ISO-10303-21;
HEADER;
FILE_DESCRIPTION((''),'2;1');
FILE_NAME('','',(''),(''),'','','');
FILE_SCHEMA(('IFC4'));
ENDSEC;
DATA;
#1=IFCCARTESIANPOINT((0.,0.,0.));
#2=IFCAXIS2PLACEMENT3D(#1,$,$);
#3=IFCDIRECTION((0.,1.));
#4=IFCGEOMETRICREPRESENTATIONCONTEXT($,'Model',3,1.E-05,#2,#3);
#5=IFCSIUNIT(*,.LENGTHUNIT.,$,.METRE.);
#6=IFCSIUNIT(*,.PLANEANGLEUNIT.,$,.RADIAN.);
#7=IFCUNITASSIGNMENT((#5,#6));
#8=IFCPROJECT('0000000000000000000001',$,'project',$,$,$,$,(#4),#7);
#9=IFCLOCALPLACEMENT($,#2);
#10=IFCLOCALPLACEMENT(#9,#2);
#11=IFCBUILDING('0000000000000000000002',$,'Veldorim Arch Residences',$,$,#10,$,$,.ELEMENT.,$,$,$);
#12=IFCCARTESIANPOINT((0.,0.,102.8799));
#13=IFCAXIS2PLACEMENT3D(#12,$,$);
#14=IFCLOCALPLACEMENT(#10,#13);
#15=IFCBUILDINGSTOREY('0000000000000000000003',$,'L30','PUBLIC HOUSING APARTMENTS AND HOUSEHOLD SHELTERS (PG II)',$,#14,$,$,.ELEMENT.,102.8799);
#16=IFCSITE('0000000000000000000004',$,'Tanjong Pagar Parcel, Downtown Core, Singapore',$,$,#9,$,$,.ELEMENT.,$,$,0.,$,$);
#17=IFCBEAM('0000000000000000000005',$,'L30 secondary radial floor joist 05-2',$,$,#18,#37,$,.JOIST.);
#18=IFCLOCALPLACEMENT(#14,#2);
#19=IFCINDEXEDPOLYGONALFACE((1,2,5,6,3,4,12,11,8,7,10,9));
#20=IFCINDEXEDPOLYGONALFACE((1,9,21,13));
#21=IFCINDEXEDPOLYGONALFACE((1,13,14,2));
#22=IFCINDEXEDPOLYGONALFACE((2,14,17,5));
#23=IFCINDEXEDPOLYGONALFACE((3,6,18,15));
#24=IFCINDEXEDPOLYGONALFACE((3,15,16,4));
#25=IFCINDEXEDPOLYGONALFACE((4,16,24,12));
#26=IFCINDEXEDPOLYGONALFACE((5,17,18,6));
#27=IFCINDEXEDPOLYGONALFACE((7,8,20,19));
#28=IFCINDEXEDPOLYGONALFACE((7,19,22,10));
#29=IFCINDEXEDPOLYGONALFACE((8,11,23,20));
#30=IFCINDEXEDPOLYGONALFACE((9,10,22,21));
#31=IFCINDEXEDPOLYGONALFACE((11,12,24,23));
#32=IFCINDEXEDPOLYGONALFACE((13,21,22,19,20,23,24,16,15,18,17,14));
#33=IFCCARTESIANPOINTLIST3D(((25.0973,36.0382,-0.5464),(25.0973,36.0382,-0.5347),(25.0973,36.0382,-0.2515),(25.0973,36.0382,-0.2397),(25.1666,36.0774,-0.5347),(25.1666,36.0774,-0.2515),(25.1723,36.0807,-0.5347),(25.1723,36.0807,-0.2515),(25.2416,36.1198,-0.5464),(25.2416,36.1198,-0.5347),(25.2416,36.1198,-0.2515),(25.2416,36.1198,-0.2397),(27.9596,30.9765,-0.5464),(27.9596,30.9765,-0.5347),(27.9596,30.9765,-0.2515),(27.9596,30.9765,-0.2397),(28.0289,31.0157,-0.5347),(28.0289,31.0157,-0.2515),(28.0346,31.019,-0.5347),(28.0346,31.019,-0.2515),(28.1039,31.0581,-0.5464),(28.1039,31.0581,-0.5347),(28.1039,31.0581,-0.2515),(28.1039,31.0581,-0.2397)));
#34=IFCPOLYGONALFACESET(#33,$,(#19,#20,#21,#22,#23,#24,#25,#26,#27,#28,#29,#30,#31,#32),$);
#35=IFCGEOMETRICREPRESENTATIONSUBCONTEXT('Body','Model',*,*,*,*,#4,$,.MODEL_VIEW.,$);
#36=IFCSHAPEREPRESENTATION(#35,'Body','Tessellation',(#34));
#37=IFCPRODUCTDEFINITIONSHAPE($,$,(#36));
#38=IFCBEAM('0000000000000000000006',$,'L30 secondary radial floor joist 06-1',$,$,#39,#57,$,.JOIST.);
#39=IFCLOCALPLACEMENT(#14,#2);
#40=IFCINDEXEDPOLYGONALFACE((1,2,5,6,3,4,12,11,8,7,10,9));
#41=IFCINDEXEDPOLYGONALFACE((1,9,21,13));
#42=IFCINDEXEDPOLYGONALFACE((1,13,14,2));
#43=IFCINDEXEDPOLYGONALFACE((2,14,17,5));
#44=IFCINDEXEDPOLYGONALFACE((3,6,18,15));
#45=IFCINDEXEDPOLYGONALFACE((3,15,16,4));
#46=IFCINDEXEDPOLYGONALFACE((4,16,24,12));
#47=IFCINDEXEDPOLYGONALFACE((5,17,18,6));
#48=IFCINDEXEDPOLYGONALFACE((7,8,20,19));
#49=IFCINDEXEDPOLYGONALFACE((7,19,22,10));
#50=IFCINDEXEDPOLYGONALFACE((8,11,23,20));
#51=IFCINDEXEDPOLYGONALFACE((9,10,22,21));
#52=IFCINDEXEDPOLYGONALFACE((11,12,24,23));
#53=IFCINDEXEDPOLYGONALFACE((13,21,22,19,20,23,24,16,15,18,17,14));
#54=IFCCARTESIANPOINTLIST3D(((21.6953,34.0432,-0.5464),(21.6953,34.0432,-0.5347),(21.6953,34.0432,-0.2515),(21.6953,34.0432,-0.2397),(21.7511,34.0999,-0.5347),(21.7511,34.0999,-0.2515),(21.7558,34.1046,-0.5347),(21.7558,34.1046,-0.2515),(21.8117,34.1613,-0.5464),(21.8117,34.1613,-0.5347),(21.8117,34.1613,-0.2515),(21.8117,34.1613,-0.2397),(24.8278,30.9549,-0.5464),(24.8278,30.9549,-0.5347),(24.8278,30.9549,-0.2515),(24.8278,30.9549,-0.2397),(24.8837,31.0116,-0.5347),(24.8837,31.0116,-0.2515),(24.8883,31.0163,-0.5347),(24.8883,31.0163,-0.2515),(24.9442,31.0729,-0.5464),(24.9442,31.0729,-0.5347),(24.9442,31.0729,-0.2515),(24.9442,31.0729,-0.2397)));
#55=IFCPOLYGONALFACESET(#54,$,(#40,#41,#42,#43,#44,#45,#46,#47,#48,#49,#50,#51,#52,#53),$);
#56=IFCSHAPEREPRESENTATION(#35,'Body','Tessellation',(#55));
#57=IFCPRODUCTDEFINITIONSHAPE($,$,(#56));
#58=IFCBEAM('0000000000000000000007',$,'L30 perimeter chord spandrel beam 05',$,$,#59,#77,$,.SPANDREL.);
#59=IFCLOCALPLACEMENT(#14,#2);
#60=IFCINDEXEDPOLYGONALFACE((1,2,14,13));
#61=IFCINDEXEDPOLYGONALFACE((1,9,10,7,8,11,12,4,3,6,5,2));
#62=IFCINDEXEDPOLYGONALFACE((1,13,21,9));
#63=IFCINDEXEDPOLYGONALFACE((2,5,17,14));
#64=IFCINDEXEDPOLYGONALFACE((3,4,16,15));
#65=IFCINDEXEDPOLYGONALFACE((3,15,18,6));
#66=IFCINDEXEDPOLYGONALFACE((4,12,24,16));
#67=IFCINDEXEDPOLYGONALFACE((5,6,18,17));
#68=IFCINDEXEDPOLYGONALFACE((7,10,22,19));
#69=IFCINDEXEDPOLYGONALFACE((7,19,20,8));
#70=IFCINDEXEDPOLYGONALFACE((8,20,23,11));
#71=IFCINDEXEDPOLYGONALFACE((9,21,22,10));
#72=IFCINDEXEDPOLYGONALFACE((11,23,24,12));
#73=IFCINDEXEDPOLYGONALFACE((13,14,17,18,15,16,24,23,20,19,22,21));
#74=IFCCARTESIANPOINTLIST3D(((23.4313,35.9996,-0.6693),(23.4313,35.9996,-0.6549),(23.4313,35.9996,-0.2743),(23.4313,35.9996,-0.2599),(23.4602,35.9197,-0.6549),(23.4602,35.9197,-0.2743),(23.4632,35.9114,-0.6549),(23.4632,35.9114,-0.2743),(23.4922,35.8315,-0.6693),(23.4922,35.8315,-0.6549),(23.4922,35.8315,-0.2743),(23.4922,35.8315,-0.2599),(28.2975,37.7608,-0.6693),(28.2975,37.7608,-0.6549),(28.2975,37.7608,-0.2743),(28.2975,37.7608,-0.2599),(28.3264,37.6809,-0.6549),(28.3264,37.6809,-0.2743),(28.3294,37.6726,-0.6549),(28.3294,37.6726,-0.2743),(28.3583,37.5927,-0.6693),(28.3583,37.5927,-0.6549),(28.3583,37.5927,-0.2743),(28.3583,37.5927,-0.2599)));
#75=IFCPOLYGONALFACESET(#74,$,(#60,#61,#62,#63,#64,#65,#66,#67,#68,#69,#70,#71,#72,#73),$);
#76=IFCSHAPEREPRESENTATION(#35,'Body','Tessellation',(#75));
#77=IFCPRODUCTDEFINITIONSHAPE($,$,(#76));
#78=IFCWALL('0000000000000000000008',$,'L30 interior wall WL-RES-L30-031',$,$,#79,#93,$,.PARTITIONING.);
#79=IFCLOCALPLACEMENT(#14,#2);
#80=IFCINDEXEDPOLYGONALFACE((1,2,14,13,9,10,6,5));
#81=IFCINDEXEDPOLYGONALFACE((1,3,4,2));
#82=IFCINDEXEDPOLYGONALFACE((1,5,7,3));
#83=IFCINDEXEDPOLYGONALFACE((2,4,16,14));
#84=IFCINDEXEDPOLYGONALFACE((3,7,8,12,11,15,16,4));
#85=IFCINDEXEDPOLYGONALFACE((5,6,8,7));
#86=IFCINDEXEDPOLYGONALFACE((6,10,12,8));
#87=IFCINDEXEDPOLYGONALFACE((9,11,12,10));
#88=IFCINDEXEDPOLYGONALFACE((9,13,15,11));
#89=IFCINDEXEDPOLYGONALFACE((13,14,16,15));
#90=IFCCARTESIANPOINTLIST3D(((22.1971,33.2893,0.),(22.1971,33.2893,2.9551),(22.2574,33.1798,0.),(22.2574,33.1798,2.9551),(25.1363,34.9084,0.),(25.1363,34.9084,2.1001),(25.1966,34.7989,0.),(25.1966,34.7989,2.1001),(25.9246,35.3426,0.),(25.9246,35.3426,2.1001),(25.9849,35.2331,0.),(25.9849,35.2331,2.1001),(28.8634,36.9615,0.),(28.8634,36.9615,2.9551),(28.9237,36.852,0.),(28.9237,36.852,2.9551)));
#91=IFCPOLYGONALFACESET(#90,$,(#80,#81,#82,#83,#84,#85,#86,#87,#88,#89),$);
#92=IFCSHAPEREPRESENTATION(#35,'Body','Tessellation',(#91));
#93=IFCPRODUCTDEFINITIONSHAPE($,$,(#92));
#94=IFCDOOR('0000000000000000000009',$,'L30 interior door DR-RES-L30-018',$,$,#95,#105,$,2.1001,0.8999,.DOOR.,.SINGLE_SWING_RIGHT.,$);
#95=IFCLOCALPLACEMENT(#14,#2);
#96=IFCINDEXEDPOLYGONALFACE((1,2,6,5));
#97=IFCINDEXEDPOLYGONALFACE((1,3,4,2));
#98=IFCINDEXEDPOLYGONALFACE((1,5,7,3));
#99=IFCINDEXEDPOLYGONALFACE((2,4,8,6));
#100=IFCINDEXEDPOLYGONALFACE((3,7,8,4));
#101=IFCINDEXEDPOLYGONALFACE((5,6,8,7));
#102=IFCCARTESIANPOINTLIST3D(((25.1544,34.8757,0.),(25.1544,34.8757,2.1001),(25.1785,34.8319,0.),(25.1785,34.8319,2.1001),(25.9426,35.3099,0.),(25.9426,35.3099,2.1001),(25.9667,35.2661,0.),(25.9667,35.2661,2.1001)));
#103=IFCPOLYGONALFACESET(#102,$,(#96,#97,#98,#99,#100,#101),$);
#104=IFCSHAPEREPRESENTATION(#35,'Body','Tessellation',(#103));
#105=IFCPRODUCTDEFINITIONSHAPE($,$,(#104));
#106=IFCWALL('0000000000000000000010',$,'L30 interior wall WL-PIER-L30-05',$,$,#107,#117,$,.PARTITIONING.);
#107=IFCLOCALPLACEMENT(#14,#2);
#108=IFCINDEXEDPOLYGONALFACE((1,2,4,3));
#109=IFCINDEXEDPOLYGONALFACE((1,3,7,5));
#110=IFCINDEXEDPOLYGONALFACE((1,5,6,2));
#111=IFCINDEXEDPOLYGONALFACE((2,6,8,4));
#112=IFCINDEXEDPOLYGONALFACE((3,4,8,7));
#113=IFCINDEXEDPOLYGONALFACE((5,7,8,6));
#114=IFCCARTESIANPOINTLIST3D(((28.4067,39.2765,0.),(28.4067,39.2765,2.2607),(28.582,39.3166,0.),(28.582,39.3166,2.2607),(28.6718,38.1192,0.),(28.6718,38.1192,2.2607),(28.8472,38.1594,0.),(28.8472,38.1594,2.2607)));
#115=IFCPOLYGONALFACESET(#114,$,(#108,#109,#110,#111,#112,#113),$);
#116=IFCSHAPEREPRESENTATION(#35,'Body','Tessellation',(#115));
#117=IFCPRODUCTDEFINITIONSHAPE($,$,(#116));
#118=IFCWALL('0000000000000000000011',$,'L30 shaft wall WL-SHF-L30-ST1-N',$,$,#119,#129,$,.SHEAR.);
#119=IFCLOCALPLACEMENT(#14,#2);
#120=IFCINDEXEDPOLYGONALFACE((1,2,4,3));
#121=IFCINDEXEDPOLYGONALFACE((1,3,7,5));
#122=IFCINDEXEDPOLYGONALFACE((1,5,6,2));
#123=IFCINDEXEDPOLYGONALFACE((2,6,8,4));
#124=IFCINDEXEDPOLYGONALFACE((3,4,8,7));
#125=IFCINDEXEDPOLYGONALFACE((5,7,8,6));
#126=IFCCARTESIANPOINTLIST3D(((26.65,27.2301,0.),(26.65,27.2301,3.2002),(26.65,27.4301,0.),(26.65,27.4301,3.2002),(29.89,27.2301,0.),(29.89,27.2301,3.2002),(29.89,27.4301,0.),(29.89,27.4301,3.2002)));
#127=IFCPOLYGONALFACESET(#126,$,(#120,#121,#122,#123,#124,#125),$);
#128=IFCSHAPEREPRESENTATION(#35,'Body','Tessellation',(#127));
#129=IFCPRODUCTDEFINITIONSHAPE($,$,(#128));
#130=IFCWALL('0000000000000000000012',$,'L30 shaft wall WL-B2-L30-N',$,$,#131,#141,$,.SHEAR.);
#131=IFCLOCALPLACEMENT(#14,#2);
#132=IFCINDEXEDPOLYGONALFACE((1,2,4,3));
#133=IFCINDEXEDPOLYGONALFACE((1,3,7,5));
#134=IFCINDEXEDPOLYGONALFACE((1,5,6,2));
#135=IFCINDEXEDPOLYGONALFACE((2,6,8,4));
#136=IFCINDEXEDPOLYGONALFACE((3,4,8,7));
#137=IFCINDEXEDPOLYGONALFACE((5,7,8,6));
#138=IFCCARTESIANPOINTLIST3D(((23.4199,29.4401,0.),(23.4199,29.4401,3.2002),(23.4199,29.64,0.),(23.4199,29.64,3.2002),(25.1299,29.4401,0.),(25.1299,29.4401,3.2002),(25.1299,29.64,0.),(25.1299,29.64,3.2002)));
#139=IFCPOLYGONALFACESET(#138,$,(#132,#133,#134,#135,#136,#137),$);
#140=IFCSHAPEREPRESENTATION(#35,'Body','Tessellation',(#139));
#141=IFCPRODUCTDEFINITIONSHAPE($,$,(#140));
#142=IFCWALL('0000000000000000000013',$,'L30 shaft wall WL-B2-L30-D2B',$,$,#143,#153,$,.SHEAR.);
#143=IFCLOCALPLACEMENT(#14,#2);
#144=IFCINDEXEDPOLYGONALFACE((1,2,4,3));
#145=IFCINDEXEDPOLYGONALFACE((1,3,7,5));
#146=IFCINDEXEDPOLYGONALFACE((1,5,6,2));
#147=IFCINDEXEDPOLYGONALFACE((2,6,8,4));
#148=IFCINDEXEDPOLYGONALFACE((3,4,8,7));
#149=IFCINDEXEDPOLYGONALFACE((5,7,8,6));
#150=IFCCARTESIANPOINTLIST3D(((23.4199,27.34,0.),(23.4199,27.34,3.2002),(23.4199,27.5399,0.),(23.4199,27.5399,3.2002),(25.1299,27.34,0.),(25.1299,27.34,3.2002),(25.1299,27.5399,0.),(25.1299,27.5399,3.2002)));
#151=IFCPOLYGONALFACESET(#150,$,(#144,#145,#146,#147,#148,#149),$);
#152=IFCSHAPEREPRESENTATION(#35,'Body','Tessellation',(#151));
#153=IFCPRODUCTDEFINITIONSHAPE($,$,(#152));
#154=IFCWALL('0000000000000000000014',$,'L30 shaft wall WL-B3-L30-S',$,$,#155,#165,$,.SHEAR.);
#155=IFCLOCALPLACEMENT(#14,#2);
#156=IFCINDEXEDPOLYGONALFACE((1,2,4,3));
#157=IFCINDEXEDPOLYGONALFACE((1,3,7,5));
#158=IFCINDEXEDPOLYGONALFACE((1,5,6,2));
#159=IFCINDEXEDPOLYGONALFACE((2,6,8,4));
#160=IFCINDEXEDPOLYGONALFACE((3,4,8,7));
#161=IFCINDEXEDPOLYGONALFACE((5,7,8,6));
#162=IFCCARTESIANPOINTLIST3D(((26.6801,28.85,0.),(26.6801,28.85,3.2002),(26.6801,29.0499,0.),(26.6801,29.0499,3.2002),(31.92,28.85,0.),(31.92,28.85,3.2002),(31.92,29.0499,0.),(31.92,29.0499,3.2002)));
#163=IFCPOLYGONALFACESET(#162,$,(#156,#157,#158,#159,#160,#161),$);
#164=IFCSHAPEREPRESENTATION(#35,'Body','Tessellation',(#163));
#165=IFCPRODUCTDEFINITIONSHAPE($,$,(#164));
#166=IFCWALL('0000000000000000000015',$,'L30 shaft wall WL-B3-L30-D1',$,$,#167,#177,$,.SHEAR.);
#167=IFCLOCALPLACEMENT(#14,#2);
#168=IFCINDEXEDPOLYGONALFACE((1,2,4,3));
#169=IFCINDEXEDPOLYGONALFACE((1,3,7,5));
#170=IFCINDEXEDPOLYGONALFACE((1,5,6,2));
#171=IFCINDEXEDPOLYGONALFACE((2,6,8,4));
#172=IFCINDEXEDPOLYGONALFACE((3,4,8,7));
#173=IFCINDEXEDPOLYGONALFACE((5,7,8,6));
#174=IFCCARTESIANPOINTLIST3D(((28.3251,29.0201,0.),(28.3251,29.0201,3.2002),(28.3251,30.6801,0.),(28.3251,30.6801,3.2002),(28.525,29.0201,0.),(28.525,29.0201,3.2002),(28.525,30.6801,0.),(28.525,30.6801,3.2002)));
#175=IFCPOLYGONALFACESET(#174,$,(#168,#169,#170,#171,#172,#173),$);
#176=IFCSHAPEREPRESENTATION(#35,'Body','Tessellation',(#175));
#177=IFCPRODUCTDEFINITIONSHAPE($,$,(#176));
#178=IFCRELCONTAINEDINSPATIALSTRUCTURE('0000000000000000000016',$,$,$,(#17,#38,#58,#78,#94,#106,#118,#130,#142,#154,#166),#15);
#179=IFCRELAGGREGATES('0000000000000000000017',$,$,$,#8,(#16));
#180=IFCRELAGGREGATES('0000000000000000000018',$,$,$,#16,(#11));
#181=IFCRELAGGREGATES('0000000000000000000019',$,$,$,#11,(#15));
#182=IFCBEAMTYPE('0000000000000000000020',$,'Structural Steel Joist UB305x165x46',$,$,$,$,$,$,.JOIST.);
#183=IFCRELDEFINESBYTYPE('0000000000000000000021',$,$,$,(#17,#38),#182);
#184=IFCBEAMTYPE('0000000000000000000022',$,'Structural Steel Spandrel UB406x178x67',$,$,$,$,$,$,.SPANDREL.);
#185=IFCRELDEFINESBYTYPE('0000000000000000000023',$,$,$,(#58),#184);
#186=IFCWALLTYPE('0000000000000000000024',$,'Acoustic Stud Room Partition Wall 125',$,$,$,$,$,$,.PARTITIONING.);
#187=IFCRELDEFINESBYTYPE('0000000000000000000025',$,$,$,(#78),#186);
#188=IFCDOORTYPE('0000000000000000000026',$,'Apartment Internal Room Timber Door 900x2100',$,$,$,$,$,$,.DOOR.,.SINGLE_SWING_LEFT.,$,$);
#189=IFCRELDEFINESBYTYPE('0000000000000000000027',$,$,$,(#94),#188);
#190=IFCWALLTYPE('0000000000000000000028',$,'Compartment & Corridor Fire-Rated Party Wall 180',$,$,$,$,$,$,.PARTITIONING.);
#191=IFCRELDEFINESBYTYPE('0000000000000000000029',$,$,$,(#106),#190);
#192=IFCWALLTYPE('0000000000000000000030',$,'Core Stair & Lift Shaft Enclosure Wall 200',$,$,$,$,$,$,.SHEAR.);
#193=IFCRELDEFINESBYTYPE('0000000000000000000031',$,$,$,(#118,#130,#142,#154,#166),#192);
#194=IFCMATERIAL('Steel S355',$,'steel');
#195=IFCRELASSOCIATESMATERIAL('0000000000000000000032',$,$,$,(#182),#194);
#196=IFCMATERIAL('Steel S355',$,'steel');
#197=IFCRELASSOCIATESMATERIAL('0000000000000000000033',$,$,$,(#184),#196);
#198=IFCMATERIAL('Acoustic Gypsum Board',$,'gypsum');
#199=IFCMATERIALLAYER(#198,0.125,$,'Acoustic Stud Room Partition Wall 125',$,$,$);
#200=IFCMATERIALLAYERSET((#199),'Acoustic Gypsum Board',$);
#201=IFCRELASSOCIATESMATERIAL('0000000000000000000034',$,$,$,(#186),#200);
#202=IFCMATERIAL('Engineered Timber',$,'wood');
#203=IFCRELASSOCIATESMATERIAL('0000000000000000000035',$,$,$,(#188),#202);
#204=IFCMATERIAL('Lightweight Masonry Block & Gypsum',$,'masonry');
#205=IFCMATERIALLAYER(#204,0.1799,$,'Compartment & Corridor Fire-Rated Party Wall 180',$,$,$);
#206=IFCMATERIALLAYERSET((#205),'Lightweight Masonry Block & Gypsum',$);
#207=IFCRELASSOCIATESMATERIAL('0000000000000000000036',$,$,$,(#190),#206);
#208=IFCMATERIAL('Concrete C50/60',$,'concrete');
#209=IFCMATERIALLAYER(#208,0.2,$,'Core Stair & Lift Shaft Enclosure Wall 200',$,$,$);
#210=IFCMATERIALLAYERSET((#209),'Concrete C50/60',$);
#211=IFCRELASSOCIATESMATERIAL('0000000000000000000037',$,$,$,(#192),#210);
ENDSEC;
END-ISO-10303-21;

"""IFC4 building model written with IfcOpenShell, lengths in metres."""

from ifc_helpers import new_model, si_unit, direction, frame, frame_2d, origin, origin_2d, place, context, subcontext, project, spatial, rectangle, i_section, extrude, material, layer, layer_set, material_profile, profile_set, type_object, element, fill, save


model = new_model("IFC4")

# Units and contexts
model_context = context("Model", 3, precision=1e-05, world=origin(), true_north=direction((0.0, 1.0)))
body_context = subcontext(model_context, "Body", "Model", "MODEL_VIEW")
ifc_project = project(units=[si_unit("LENGTHUNIT", "METRE"), si_unit("PLANEANGLEUNIT", "RADIAN")], contexts=[model_context])

# Site, building, storey
site_placement = place(None, origin())
site = spatial("IfcSite", under=ifc_project, at=site_placement, Name="Tanjong Pagar Parcel, Downtown Core, Singapore", CompositionType="ELEMENT", RefElevation=0.0)
building_placement = place(site_placement, origin())
building = spatial("IfcBuilding", under=site, at=building_placement, Name="Veldorim Arch Residences", CompositionType="ELEMENT")
storey_placement = place(building_placement, frame((0.0, 0.0, 102.8799)))
storey = spatial("IfcBuildingStorey", under=building, at=storey_placement, Name="L30", Description="PUBLIC HOUSING APARTMENTS AND HOUSEHOLD SHELTERS (PG II)", CompositionType="ELEMENT", Elevation=102.8799)

# Beams
ifc_material_1 = material(Name="Steel S355", Category="steel")
ifc_material_profile_1 = material_profile(ifc_material_1, i_section(OverallWidth=0.1658, OverallDepth=0.3066, WebThickness=0.0066, FlangeThickness=0.0117, at=origin_2d()), Name="UB305x165x46")
ifc_profile_set_1 = profile_set([ifc_material_profile_1], Name="Steel S355")
beam_type_1 = type_object("IfcBeamType", Name="Structural Steel Joist UB305x165x46", PredefinedType="JOIST", material=ifc_profile_set_1)
beam_1_placement = place(storey_placement, frame((28.0317, 31.0173, -0.3931), z_axis=(-0.492227, 0.870467, 0.0), x_axis=(-0.870467, -0.492227, 0.0)))
element("IfcBeam", 1, at=beam_1_placement, inside=storey, type_object=beam_type_1, Name="L30 secondary radial floor joist 05-2", PredefinedType="JOIST", context=body_context, shape_type="SweptSolid", body=[
    extrude(i_section(OverallWidth=0.1658, OverallDepth=0.3066, WebThickness=0.0066, FlangeThickness=0.0117, at=origin_2d()), origin(), (0.0, 0.0, 1.0), 5.8149),
])
beam_2_placement = place(storey_placement, frame((24.886, 31.0139, -0.3931), z_axis=(-0.712112, 0.702066, 0.0), x_axis=(-0.702066, -0.712112, 0.0)))
element("IfcBeam", 2, at=beam_2_placement, inside=storey, type_object=beam_type_1, Name="L30 secondary radial floor joist 06-1", PredefinedType="JOIST", context=body_context, shape_type="SweptSolid", body=[
    extrude(i_section(OverallWidth=0.1658, OverallDepth=0.3066, WebThickness=0.0066, FlangeThickness=0.0117, at=origin_2d()), origin(), (0.0, 0.0, 1.0), 4.3989),
])
ifc_material_2 = material(Name="Steel S355", Category="steel")
ifc_material_profile_2 = material_profile(ifc_material_2, i_section(OverallWidth=0.1787, OverallDepth=0.4094, WebThickness=0.0088, FlangeThickness=0.0144, at=origin_2d()), Name="UB406x178x67")
ifc_profile_set_2 = profile_set([ifc_material_profile_2], Name="Steel S355")
beam_type_2 = type_object("IfcBeamType", Name="Structural Steel Spandrel UB406x178x67", PredefinedType="SPANDREL", material=ifc_profile_set_2)
beam_3_placement = place(storey_placement, frame((28.3279, 37.6768, -0.4646), z_axis=(-0.940308, -0.340326, 0.0), x_axis=(0.340326, -0.940308, 0.0)))
element("IfcBeam", 3, at=beam_3_placement, inside=storey, type_object=beam_type_2, Name="L30 perimeter chord spandrel beam 05", PredefinedType="SPANDREL", context=body_context, shape_type="SweptSolid", body=[
    extrude(i_section(OverallWidth=0.1787, OverallDepth=0.4094, WebThickness=0.0088, FlangeThickness=0.0144, at=origin_2d()), origin(), (0.0, 0.0, 1.0), 5.175),
])

# Wall, opening, door
ifc_material_3 = material(Name="Acoustic Gypsum Board", Category="gypsum")
ifc_layer_1 = layer(ifc_material_3, 0.125, Name="Acoustic Stud Room Partition Wall 125")
ifc_layer_set_1 = layer_set([ifc_layer_1], Name="Acoustic Gypsum Board")
wall_type_1 = type_object("IfcWallType", Name="Acoustic Stud Room Partition Wall 125", PredefinedType="PARTITIONING", material=ifc_layer_set_1)
wall_1_placement = place(storey_placement, frame((28.8936, 36.9067, 0.0), z_axis=(0.0, 0.0, 1.0), x_axis=(-0.875901, -0.482491, 0.0)))
wall_1 = element("IfcWall", 4, at=wall_1_placement, inside=storey, type_object=wall_type_1, Name="L30 interior wall WL-RES-L30-031", PredefinedType="PARTITIONING", context=body_context, shape_type="SweptSolid", body=[
    extrude(rectangle(XDim=7.6108, YDim=0.125, at=frame_2d((3.8054, 0.0))), origin(), (0.0, 0.0, 1.0), 2.9551),
])
opening_1_placement = place(wall_1_placement, frame((3.3552, 0.0, 0.0)))
opening_1 = element("IfcOpeningElement", 5, at=opening_1_placement, cuts=wall_1, PredefinedType="OPENING", context=body_context, shape_type="SweptSolid", body=[
    extrude(rectangle(XDim=0.8999, YDim=2.1001, at=frame_2d((0.45, 1.05))), frame((0.0, 0.0725, 0.0), z_axis=(0.0, -1.0, 0.0), x_axis=(1.0, 0.0, 0.0)), (0.0, 0.0, 1.0), 0.145),
])
ifc_material_4 = material(Name="Engineered Timber", Category="wood")
door_type = type_object("IfcDoorType", Name="Apartment Internal Room Timber Door 900x2100", OperationType="SINGLE_SWING_LEFT", PredefinedType="DOOR", material=ifc_material_4)
door_placement = place(opening_1_placement, origin())
door = element("IfcDoor", 6, at=door_placement, inside=storey, type_object=door_type, Name="L30 interior door DR-RES-L30-018", OperationType="SINGLE_SWING_RIGHT", OverallHeight=2.1001, OverallWidth=0.8999, PredefinedType="DOOR", context=body_context, shape_type="SweptSolid", body=[
    extrude(rectangle(XDim=0.8999, YDim=2.1001, at=frame_2d((0.45, 1.05))), frame((0.0, 0.0249, 0.0), z_axis=(0.0, -1.0, 0.0), x_axis=(1.0, 0.0, 0.0)), (0.0, 0.0, 1.0), 0.05),
])
fill(opening_1, door)

# Walls
ifc_material_5 = material(Name="Lightweight Masonry Block & Gypsum", Category="masonry")
ifc_layer_2 = layer(ifc_material_5, 0.1799, Name="Compartment & Corridor Fire-Rated Party Wall 180")
ifc_layer_set_2 = layer_set([ifc_layer_2], Name="Lightweight Masonry Block & Gypsum")
wall_type_2 = type_object("IfcWallType", Name="Compartment & Corridor Fire-Rated Party Wall 180", PredefinedType="PARTITIONING", material=ifc_layer_set_2)
wall_2_placement = place(storey_placement, frame((28.7595, 38.1392, 0.0), z_axis=(0.0, 0.0, 1.0), x_axis=(-0.223327, 0.974744, 0.0)))
element("IfcWall", 7, at=wall_2_placement, inside=storey, type_object=wall_type_2, Name="L30 interior wall WL-PIER-L30-05", PredefinedType="PARTITIONING", context=body_context, shape_type="SweptSolid", body=[
    extrude(rectangle(XDim=1.1873, YDim=0.1799, at=frame_2d((0.5938, 0.0))), origin(), (0.0, 0.0, 1.0), 2.2607),
])
ifc_material_6 = material(Name="Concrete C50/60", Category="concrete")
ifc_layer_3 = layer(ifc_material_6, 0.2, Name="Core Stair & Lift Shaft Enclosure Wall 200")
ifc_layer_set_3 = layer_set([ifc_layer_3], Name="Concrete C50/60")
wall_type_3 = type_object("IfcWallType", Name="Core Stair & Lift Shaft Enclosure Wall 200", PredefinedType="SHEAR", material=ifc_layer_set_3)
wall_3_placement = place(storey_placement, frame((26.6499, 27.3301, 0.0), z_axis=(0.0, 0.0, 1.0), x_axis=(1.0, 0.0, 0.0)))
element("IfcWall", 8, at=wall_3_placement, inside=storey, type_object=wall_type_3, Name="L30 shaft wall WL-SHF-L30-ST1-N", PredefinedType="SHEAR", context=body_context, shape_type="SweptSolid", body=[
    extrude(rectangle(XDim=3.24, YDim=0.2, at=frame_2d((1.6201, 0.0))), origin(), (0.0, 0.0, 1.0), 3.2002),
])
for number, where, z_axis, x_axis, name in (
    (9, (23.4199, 29.54, 0.0), (0.0, 0.0, 1.0), (1.0, 0.0, 0.0), "L30 shaft wall WL-B2-L30-N"),
    (10, (23.4199, 27.4399, 0.0), (0.0, 0.0, 1.0), (1.0, 0.0, 0.0), "L30 shaft wall WL-B2-L30-D2B"),
):
    element("IfcWall", number, at=place(storey_placement, frame(where, z_axis=z_axis, x_axis=x_axis)), inside=storey, type_object=wall_type_3, Name=name, PredefinedType="SHEAR", context=body_context, shape_type="SweptSolid", body=[
        extrude(rectangle(XDim=1.71, YDim=0.2, at=frame_2d((0.855, 0.0))), origin(), (0.0, 0.0, 1.0), 3.2002),
    ])
wall_4_placement = place(storey_placement, frame((26.6799, 28.95, 0.0), z_axis=(0.0, 0.0, 1.0), x_axis=(1.0, 0.0, 0.0)))
element("IfcWall", 11, at=wall_4_placement, inside=storey, type_object=wall_type_3, Name="L30 shaft wall WL-B3-L30-S", PredefinedType="SHEAR", context=body_context, shape_type="SweptSolid", body=[
    extrude(rectangle(XDim=5.24, YDim=0.2, at=frame_2d((2.6201, 0.0))), origin(), (0.0, 0.0, 1.0), 3.2002),
])
for number, where, z_axis, x_axis, name in (
    (12, (28.425, 29.02, 0.0), (0.0, 0.0, 1.0), (0.0, 1.0, 0.0), "L30 shaft wall WL-B3-L30-D1"),
):
    element("IfcWall", number, at=place(storey_placement, frame(where, z_axis=z_axis, x_axis=x_axis)), inside=storey, type_object=wall_type_3, Name=name, PredefinedType="SHEAR", context=body_context, shape_type="SweptSolid", body=[
        extrude(rectangle(XDim=1.6599, YDim=0.2, at=frame_2d((0.8301, 0.0))), origin(), (0.0, 0.0, 1.0), 3.2002),
    ])

save(model, "model.ifc")
